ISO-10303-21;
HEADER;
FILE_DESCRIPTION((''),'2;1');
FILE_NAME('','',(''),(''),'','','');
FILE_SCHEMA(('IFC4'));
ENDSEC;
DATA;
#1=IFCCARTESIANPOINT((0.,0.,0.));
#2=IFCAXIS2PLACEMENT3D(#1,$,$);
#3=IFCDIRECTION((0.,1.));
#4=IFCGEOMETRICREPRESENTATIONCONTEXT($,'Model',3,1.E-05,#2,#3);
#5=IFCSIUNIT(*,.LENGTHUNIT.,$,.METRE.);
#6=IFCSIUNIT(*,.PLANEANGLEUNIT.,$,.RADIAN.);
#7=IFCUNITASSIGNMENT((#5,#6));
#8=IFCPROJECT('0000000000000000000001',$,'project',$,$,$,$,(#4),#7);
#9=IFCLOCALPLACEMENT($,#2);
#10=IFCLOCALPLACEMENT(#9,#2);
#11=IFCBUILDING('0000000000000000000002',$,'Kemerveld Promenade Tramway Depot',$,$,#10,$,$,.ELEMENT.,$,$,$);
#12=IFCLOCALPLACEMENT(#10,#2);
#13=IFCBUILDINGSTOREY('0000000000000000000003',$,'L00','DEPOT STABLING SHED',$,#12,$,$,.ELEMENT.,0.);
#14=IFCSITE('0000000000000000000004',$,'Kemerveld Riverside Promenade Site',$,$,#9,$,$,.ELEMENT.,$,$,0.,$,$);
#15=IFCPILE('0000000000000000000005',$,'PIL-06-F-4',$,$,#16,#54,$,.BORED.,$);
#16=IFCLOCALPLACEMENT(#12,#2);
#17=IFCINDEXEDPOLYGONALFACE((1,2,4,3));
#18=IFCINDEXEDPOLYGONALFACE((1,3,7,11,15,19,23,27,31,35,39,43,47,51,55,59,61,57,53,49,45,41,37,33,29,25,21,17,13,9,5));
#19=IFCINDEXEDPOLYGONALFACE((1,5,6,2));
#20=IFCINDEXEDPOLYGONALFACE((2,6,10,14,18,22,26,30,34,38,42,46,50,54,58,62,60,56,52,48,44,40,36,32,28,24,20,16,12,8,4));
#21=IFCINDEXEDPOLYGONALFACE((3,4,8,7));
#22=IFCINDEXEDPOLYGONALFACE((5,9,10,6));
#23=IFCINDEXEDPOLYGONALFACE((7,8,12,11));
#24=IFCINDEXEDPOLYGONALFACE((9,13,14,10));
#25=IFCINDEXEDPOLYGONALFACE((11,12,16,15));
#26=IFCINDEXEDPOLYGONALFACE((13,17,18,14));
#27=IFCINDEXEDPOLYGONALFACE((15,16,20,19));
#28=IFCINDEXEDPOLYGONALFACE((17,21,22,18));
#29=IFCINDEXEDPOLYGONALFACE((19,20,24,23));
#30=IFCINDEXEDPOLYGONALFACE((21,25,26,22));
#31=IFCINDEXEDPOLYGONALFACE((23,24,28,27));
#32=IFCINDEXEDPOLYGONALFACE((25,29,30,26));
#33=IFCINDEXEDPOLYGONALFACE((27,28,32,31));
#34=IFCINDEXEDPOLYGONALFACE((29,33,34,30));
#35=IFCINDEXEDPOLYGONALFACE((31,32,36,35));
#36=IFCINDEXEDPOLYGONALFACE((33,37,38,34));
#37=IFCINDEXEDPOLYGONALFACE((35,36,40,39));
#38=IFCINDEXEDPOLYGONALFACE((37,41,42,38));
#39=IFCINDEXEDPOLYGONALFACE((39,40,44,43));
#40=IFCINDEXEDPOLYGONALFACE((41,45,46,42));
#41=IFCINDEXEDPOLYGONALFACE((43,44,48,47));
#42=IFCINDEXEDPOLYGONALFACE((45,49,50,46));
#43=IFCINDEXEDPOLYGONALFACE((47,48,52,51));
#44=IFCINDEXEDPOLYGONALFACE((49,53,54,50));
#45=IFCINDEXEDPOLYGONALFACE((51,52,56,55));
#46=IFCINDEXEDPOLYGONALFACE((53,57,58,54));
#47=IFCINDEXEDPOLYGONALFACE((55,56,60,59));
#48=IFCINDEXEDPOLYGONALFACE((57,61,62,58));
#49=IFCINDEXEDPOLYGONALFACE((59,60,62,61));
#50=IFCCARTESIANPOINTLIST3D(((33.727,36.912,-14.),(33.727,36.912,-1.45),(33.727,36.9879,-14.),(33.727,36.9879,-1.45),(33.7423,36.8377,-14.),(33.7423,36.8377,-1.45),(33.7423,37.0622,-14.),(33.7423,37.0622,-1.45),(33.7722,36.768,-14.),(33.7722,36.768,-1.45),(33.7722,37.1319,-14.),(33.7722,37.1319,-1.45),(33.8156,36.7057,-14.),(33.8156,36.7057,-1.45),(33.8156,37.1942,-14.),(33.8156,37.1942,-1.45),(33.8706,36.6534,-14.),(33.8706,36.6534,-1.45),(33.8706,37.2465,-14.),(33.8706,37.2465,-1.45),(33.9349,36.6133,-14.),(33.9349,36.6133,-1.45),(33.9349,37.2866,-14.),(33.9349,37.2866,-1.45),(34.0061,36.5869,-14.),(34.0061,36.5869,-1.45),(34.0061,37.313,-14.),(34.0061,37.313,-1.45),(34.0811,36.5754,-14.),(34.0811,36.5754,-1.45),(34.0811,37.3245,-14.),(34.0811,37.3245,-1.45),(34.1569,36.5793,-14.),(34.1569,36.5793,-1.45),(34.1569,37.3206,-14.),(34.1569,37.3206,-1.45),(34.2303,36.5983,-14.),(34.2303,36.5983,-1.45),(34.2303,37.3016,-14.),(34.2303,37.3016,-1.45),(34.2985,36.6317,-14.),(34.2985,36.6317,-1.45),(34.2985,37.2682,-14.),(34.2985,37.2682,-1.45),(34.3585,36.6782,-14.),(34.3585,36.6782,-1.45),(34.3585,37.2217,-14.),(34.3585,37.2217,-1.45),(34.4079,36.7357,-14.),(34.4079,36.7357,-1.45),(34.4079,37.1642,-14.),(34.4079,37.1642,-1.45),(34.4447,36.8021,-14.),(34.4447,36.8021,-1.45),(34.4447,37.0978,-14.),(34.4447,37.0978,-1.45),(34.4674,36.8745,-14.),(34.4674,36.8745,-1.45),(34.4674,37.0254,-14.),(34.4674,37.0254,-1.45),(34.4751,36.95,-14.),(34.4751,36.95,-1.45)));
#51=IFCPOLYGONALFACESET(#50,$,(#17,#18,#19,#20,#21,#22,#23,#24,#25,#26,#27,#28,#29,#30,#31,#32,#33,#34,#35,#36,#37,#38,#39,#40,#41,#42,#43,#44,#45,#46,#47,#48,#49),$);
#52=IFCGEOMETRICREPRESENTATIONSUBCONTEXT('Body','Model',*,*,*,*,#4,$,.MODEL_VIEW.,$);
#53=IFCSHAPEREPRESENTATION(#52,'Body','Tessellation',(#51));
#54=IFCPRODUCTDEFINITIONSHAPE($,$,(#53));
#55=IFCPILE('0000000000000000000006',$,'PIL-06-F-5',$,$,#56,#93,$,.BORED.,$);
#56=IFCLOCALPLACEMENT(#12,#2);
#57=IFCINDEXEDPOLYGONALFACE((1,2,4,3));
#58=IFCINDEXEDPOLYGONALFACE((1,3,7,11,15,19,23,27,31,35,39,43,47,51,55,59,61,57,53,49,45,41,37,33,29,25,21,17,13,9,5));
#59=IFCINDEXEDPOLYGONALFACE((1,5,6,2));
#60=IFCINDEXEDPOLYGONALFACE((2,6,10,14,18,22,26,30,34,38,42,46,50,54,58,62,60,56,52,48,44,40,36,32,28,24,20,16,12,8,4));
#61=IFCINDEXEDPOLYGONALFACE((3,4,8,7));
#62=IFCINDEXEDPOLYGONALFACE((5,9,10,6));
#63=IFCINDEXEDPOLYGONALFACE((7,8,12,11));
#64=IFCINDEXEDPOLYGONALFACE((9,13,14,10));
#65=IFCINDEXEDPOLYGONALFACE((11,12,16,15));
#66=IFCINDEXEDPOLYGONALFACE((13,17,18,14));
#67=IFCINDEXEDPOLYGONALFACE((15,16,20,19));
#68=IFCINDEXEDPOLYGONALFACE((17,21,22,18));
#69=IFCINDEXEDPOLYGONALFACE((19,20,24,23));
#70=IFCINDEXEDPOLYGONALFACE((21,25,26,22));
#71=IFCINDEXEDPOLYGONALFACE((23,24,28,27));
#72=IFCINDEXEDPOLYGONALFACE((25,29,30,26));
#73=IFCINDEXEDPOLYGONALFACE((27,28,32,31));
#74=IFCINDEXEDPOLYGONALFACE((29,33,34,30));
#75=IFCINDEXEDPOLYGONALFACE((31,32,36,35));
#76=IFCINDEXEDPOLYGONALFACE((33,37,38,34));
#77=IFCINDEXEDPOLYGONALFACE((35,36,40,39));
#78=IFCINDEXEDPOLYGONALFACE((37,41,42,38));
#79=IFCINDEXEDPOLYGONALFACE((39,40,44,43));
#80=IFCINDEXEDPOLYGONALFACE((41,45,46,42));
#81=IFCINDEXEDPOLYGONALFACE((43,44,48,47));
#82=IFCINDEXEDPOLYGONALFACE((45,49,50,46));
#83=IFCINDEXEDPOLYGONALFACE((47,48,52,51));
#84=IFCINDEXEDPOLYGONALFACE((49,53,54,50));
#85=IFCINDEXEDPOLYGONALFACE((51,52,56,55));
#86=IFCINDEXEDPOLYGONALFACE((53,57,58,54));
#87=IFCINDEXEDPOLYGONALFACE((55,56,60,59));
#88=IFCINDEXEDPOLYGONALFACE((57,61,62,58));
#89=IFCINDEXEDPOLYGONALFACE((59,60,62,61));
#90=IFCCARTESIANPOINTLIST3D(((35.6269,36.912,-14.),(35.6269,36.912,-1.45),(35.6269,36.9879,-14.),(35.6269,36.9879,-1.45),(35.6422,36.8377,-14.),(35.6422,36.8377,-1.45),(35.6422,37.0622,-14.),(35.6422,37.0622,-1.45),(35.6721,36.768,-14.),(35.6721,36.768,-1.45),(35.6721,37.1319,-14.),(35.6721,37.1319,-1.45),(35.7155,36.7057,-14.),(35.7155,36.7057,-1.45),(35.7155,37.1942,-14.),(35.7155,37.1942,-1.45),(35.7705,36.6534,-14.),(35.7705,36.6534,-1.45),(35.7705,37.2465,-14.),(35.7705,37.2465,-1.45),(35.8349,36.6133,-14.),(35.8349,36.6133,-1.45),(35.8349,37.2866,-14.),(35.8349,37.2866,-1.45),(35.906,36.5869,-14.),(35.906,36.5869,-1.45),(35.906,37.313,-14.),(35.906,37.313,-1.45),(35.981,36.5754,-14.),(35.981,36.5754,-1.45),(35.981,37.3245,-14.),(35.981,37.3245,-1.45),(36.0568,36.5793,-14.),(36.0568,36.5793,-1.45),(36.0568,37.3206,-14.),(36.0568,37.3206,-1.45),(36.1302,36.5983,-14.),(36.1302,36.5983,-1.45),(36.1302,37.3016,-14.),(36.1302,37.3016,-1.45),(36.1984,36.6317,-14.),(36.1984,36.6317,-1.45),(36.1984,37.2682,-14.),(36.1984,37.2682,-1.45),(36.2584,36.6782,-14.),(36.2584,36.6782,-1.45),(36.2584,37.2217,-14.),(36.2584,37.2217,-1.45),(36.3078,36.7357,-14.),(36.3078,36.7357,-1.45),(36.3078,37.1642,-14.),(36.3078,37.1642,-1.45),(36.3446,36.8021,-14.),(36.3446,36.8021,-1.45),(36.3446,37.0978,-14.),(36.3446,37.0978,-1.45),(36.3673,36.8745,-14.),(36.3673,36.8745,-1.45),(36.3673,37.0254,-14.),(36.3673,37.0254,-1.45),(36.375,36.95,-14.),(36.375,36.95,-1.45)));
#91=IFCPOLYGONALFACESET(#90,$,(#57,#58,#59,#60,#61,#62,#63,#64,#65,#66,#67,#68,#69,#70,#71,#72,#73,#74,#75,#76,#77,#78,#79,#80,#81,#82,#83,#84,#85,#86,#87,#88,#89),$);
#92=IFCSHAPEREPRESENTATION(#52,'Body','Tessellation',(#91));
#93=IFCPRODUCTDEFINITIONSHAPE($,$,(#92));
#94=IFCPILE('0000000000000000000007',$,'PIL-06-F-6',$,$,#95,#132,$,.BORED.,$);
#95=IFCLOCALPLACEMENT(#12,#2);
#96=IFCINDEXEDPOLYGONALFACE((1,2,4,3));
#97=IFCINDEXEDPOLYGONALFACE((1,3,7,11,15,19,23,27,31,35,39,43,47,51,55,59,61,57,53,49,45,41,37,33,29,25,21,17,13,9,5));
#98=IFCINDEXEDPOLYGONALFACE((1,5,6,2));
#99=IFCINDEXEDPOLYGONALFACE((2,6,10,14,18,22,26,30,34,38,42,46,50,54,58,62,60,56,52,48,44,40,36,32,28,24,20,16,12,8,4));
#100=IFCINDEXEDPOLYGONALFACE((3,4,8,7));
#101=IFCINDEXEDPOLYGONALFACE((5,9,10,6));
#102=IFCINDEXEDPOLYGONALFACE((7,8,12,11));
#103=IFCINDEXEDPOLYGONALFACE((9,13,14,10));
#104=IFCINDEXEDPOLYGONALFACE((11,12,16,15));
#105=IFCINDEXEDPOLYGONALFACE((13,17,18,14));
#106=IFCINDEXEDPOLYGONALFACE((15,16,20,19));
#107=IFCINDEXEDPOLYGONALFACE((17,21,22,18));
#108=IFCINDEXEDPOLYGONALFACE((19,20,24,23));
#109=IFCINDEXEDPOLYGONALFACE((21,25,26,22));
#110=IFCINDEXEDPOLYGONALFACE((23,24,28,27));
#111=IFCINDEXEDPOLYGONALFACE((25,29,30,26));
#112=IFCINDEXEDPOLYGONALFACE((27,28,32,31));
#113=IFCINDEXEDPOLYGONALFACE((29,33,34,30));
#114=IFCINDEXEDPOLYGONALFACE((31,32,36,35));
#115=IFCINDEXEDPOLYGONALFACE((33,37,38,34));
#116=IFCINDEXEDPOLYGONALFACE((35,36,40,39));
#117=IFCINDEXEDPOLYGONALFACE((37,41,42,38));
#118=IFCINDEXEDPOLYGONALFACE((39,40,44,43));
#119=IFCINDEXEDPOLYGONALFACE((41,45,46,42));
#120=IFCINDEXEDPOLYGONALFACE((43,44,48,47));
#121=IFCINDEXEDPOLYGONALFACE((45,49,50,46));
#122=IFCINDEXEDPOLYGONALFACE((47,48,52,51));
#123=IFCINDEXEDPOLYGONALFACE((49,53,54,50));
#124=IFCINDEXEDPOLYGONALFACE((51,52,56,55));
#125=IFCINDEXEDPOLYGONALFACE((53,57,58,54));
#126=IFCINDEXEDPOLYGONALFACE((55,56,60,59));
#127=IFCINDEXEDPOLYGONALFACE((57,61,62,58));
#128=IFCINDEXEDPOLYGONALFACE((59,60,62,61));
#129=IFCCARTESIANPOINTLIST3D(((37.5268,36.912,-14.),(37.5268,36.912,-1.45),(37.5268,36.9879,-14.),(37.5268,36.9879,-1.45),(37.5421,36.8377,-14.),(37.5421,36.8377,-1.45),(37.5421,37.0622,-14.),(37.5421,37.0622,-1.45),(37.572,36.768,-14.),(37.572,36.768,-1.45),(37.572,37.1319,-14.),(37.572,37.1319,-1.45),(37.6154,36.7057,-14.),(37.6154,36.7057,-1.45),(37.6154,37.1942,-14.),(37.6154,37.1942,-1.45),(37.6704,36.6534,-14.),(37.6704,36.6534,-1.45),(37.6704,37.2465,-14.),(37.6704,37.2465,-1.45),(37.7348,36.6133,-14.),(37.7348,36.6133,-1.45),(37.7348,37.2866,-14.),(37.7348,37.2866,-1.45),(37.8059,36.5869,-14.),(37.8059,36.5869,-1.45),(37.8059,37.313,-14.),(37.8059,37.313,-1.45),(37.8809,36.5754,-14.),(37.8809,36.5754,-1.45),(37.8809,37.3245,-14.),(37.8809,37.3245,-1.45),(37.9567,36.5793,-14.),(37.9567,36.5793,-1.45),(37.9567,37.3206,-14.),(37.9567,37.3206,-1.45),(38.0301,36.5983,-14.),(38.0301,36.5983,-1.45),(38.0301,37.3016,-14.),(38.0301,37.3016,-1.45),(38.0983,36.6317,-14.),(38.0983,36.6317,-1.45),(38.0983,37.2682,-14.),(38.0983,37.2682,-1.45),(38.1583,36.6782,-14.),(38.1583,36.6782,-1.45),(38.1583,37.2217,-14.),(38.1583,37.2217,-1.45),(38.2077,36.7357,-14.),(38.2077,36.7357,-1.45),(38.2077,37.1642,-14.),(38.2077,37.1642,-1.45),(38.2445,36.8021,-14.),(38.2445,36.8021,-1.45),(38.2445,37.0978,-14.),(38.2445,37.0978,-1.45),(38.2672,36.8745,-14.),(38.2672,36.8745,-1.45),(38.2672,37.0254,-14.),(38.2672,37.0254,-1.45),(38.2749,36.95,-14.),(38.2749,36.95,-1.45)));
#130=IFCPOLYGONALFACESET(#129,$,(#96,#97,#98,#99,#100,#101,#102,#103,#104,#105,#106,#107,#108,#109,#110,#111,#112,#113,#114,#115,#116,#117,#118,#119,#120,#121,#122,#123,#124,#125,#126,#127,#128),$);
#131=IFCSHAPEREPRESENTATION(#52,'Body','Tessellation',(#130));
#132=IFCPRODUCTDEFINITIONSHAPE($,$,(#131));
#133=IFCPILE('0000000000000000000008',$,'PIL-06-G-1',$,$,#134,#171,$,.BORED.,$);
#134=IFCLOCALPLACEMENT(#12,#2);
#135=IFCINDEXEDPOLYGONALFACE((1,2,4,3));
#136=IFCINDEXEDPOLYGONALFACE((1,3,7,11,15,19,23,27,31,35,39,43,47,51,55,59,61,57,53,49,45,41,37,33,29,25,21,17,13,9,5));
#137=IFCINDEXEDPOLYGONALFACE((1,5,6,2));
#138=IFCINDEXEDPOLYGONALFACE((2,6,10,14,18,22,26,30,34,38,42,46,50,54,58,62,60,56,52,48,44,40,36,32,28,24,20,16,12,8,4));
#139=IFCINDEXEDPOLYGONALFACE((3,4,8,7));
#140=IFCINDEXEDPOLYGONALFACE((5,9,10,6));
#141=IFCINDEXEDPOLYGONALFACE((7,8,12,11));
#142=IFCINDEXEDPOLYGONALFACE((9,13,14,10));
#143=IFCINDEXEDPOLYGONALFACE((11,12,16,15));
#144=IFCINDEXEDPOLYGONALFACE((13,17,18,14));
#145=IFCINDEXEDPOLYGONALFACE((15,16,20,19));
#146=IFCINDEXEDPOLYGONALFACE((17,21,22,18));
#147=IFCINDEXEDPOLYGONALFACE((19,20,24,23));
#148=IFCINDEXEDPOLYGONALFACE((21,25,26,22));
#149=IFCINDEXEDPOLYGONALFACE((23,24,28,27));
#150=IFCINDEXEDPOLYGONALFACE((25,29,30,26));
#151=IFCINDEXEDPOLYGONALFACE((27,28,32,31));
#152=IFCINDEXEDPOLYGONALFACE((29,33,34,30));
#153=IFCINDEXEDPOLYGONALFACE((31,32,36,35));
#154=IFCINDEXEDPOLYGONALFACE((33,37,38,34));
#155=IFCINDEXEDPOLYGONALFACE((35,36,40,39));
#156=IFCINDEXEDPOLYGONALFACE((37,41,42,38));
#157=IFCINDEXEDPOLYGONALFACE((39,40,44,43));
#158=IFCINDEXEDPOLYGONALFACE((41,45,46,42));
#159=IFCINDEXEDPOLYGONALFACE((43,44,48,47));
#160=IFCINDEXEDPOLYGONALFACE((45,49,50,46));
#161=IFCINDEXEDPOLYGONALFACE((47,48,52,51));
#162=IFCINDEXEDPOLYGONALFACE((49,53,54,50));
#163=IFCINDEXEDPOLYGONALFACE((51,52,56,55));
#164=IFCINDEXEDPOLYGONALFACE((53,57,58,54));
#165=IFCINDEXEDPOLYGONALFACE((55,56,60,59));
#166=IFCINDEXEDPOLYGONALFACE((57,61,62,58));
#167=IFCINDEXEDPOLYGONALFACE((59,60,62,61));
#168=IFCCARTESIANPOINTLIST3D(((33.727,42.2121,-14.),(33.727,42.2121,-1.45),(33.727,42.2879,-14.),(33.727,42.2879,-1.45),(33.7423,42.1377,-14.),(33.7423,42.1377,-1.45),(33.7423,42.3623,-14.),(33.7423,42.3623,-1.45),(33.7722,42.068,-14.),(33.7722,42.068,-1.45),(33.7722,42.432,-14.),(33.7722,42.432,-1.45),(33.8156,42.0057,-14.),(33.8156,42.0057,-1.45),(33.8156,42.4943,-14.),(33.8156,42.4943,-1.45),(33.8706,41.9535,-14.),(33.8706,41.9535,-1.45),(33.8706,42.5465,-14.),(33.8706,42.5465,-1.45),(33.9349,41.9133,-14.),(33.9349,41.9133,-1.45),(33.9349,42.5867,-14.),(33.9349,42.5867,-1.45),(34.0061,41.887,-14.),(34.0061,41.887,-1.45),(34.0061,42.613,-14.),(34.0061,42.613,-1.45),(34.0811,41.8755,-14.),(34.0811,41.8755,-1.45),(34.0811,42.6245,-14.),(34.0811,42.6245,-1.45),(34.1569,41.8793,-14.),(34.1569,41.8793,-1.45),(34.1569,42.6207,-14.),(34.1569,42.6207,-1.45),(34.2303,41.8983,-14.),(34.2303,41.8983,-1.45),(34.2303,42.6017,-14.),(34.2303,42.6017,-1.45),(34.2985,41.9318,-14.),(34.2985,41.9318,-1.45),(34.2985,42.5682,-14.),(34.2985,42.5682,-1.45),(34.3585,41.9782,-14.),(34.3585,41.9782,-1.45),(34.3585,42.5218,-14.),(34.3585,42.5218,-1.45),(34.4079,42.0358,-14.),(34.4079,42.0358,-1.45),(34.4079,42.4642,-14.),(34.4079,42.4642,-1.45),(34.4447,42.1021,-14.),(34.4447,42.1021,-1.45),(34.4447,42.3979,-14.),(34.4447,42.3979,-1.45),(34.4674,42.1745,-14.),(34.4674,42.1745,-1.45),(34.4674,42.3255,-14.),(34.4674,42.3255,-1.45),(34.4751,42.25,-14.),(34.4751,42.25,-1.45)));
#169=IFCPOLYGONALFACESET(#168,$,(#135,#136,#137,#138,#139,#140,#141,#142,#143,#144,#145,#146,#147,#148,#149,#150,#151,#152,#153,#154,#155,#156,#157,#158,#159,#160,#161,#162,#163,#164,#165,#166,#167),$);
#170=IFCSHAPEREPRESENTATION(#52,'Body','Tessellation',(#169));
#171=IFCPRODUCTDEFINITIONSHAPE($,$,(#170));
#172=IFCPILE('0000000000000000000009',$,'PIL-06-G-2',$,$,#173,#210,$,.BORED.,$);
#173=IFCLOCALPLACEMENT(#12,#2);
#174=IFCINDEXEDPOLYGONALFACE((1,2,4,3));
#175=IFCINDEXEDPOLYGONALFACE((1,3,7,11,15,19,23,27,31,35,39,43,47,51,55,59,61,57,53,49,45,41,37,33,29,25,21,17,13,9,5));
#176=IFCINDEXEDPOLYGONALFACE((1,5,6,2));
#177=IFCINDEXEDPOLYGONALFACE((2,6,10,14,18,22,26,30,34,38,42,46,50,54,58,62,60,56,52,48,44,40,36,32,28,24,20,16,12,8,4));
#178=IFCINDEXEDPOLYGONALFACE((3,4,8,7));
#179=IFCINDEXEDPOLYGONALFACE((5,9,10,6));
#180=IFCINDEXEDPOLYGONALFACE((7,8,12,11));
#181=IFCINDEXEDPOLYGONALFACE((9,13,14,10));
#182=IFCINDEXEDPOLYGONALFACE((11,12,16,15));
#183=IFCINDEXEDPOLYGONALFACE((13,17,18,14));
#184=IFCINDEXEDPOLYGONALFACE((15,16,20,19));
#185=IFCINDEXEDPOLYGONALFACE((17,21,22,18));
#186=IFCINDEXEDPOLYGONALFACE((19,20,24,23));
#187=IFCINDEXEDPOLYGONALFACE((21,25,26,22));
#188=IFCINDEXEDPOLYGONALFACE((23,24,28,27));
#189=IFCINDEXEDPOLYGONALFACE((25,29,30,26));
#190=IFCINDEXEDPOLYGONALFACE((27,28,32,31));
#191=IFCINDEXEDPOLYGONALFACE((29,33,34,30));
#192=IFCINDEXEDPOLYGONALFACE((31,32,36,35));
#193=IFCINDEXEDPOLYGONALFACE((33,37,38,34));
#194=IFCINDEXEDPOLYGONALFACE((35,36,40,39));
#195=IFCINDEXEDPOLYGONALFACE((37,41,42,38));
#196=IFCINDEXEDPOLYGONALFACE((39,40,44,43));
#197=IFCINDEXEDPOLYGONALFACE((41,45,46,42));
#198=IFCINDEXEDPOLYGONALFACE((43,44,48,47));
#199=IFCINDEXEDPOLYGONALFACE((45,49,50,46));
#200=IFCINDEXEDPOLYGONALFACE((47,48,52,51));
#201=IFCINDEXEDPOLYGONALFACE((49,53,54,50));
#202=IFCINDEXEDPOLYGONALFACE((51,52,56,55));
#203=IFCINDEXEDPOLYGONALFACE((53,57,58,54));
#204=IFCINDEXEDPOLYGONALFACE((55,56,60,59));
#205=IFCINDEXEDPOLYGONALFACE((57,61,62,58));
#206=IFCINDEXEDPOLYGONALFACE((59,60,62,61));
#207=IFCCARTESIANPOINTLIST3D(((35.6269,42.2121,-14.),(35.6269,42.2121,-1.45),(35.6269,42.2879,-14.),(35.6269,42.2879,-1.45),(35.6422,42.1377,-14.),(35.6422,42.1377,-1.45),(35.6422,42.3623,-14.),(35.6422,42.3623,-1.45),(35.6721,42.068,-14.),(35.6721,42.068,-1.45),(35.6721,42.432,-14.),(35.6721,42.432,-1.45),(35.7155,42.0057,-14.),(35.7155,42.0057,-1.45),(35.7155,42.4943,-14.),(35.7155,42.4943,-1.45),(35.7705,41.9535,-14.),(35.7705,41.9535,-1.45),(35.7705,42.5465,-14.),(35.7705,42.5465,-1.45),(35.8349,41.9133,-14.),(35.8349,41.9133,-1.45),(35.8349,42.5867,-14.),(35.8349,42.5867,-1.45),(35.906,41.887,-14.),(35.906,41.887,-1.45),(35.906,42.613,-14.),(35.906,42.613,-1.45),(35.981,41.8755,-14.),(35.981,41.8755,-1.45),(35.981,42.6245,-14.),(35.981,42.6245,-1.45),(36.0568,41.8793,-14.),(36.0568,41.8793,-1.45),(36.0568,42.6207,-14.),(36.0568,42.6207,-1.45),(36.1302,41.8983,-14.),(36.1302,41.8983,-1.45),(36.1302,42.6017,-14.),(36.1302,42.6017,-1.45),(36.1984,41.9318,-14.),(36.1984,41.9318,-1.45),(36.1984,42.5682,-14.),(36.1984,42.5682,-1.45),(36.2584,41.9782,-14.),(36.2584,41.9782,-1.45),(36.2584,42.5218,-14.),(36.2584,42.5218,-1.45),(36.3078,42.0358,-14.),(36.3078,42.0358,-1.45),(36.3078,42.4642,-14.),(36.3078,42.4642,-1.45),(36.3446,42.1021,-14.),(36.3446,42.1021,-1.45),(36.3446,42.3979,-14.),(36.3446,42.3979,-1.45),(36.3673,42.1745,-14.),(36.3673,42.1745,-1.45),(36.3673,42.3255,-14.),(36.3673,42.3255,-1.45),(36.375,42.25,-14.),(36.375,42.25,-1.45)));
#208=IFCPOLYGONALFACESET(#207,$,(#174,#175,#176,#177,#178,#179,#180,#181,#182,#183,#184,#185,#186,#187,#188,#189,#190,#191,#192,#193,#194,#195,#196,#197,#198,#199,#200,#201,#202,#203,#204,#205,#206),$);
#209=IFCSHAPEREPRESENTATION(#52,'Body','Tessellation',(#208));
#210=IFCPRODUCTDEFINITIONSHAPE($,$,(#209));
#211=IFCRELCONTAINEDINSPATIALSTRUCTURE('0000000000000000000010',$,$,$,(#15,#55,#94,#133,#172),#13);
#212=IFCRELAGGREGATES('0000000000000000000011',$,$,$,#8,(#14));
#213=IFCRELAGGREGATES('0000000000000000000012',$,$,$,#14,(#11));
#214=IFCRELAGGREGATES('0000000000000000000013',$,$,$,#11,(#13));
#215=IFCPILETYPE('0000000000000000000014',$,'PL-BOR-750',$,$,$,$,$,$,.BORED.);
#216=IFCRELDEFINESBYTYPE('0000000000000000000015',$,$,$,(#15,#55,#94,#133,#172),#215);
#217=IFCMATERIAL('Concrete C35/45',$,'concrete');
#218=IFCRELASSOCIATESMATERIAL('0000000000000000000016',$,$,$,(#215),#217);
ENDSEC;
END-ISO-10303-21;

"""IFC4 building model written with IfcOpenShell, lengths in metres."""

from ifc_helpers import new_model, si_unit, direction, frame, origin, origin_2d, place, context, subcontext, project, spatial, circle, extrude, material, material_profile, profile_set, type_object, element, save


model = new_model("IFC4")

# Units and contexts
model_context = context("Model", 3, precision=1e-05, world=origin(), true_north=direction((0.0, 1.0)))
body_context = subcontext(model_context, "Body", "Model", "MODEL_VIEW")
ifc_project = project(units=[si_unit("LENGTHUNIT", "METRE"), si_unit("PLANEANGLEUNIT", "RADIAN")], contexts=[model_context])

# Site, building, storey
site_placement = place(None, origin())
site = spatial("IfcSite", under=ifc_project, at=site_placement, Name="Kemerveld Riverside Promenade Site", CompositionType="ELEMENT", RefElevation=0.0)
building_placement = place(site_placement, origin())
building = spatial("IfcBuilding", under=site, at=building_placement, Name="Kemerveld Promenade Tramway Depot", CompositionType="ELEMENT")
storey_placement = place(building_placement, origin())
storey = spatial("IfcBuildingStorey", under=building, at=storey_placement, Name="L00", Description="DEPOT STABLING SHED", CompositionType="ELEMENT", Elevation=0.0)

# Shared definitions
ifc_material_1 = material(Name="Concrete C35/45", Category="concrete")

# Piles
ifc_material_profile_1 = material_profile(ifc_material_1, circle(Radius=0.375, at=origin_2d()), Name="PILE-D750")
ifc_profile_set_1 = profile_set([ifc_material_profile_1], Name="Concrete C35/45")
pile_type = type_object("IfcPileType", Name="PL-BOR-750", PredefinedType="BORED", material=ifc_profile_set_1)
for number, where, z_axis, x_axis, name in (
    (1, (34.1001, 36.95, -1.45), (0.0, 0.0, -1.0), (1.0, 0.0, 0.0), "PIL-06-F-4"),
    (2, (36.0, 36.95, -1.45), (0.0, 0.0, -1.0), (1.0, 0.0, 0.0), "PIL-06-F-5"),
    (3, (37.8999, 36.95, -1.45), (0.0, 0.0, -1.0), (1.0, 0.0, 0.0), "PIL-06-F-6"),
    (4, (34.1001, 42.25, -1.45), (0.0, 0.0, -1.0), (1.0, 0.0, 0.0), "PIL-06-G-1"),
    (5, (36.0, 42.25, -1.45), (0.0, 0.0, -1.0), (1.0, 0.0, 0.0), "PIL-06-G-2"),
):
    element("IfcPile", number, at=place(storey_placement, frame(where, z_axis=z_axis, x_axis=x_axis)), inside=storey, type_object=pile_type, Name=name, PredefinedType="BORED", context=body_context, shape_type="SweptSolid", body=[
        extrude(circle(Radius=0.375, at=origin_2d()), origin(), (0.0, 0.0, 1.0), 12.55),
    ])

save(model, "model.ifc")
